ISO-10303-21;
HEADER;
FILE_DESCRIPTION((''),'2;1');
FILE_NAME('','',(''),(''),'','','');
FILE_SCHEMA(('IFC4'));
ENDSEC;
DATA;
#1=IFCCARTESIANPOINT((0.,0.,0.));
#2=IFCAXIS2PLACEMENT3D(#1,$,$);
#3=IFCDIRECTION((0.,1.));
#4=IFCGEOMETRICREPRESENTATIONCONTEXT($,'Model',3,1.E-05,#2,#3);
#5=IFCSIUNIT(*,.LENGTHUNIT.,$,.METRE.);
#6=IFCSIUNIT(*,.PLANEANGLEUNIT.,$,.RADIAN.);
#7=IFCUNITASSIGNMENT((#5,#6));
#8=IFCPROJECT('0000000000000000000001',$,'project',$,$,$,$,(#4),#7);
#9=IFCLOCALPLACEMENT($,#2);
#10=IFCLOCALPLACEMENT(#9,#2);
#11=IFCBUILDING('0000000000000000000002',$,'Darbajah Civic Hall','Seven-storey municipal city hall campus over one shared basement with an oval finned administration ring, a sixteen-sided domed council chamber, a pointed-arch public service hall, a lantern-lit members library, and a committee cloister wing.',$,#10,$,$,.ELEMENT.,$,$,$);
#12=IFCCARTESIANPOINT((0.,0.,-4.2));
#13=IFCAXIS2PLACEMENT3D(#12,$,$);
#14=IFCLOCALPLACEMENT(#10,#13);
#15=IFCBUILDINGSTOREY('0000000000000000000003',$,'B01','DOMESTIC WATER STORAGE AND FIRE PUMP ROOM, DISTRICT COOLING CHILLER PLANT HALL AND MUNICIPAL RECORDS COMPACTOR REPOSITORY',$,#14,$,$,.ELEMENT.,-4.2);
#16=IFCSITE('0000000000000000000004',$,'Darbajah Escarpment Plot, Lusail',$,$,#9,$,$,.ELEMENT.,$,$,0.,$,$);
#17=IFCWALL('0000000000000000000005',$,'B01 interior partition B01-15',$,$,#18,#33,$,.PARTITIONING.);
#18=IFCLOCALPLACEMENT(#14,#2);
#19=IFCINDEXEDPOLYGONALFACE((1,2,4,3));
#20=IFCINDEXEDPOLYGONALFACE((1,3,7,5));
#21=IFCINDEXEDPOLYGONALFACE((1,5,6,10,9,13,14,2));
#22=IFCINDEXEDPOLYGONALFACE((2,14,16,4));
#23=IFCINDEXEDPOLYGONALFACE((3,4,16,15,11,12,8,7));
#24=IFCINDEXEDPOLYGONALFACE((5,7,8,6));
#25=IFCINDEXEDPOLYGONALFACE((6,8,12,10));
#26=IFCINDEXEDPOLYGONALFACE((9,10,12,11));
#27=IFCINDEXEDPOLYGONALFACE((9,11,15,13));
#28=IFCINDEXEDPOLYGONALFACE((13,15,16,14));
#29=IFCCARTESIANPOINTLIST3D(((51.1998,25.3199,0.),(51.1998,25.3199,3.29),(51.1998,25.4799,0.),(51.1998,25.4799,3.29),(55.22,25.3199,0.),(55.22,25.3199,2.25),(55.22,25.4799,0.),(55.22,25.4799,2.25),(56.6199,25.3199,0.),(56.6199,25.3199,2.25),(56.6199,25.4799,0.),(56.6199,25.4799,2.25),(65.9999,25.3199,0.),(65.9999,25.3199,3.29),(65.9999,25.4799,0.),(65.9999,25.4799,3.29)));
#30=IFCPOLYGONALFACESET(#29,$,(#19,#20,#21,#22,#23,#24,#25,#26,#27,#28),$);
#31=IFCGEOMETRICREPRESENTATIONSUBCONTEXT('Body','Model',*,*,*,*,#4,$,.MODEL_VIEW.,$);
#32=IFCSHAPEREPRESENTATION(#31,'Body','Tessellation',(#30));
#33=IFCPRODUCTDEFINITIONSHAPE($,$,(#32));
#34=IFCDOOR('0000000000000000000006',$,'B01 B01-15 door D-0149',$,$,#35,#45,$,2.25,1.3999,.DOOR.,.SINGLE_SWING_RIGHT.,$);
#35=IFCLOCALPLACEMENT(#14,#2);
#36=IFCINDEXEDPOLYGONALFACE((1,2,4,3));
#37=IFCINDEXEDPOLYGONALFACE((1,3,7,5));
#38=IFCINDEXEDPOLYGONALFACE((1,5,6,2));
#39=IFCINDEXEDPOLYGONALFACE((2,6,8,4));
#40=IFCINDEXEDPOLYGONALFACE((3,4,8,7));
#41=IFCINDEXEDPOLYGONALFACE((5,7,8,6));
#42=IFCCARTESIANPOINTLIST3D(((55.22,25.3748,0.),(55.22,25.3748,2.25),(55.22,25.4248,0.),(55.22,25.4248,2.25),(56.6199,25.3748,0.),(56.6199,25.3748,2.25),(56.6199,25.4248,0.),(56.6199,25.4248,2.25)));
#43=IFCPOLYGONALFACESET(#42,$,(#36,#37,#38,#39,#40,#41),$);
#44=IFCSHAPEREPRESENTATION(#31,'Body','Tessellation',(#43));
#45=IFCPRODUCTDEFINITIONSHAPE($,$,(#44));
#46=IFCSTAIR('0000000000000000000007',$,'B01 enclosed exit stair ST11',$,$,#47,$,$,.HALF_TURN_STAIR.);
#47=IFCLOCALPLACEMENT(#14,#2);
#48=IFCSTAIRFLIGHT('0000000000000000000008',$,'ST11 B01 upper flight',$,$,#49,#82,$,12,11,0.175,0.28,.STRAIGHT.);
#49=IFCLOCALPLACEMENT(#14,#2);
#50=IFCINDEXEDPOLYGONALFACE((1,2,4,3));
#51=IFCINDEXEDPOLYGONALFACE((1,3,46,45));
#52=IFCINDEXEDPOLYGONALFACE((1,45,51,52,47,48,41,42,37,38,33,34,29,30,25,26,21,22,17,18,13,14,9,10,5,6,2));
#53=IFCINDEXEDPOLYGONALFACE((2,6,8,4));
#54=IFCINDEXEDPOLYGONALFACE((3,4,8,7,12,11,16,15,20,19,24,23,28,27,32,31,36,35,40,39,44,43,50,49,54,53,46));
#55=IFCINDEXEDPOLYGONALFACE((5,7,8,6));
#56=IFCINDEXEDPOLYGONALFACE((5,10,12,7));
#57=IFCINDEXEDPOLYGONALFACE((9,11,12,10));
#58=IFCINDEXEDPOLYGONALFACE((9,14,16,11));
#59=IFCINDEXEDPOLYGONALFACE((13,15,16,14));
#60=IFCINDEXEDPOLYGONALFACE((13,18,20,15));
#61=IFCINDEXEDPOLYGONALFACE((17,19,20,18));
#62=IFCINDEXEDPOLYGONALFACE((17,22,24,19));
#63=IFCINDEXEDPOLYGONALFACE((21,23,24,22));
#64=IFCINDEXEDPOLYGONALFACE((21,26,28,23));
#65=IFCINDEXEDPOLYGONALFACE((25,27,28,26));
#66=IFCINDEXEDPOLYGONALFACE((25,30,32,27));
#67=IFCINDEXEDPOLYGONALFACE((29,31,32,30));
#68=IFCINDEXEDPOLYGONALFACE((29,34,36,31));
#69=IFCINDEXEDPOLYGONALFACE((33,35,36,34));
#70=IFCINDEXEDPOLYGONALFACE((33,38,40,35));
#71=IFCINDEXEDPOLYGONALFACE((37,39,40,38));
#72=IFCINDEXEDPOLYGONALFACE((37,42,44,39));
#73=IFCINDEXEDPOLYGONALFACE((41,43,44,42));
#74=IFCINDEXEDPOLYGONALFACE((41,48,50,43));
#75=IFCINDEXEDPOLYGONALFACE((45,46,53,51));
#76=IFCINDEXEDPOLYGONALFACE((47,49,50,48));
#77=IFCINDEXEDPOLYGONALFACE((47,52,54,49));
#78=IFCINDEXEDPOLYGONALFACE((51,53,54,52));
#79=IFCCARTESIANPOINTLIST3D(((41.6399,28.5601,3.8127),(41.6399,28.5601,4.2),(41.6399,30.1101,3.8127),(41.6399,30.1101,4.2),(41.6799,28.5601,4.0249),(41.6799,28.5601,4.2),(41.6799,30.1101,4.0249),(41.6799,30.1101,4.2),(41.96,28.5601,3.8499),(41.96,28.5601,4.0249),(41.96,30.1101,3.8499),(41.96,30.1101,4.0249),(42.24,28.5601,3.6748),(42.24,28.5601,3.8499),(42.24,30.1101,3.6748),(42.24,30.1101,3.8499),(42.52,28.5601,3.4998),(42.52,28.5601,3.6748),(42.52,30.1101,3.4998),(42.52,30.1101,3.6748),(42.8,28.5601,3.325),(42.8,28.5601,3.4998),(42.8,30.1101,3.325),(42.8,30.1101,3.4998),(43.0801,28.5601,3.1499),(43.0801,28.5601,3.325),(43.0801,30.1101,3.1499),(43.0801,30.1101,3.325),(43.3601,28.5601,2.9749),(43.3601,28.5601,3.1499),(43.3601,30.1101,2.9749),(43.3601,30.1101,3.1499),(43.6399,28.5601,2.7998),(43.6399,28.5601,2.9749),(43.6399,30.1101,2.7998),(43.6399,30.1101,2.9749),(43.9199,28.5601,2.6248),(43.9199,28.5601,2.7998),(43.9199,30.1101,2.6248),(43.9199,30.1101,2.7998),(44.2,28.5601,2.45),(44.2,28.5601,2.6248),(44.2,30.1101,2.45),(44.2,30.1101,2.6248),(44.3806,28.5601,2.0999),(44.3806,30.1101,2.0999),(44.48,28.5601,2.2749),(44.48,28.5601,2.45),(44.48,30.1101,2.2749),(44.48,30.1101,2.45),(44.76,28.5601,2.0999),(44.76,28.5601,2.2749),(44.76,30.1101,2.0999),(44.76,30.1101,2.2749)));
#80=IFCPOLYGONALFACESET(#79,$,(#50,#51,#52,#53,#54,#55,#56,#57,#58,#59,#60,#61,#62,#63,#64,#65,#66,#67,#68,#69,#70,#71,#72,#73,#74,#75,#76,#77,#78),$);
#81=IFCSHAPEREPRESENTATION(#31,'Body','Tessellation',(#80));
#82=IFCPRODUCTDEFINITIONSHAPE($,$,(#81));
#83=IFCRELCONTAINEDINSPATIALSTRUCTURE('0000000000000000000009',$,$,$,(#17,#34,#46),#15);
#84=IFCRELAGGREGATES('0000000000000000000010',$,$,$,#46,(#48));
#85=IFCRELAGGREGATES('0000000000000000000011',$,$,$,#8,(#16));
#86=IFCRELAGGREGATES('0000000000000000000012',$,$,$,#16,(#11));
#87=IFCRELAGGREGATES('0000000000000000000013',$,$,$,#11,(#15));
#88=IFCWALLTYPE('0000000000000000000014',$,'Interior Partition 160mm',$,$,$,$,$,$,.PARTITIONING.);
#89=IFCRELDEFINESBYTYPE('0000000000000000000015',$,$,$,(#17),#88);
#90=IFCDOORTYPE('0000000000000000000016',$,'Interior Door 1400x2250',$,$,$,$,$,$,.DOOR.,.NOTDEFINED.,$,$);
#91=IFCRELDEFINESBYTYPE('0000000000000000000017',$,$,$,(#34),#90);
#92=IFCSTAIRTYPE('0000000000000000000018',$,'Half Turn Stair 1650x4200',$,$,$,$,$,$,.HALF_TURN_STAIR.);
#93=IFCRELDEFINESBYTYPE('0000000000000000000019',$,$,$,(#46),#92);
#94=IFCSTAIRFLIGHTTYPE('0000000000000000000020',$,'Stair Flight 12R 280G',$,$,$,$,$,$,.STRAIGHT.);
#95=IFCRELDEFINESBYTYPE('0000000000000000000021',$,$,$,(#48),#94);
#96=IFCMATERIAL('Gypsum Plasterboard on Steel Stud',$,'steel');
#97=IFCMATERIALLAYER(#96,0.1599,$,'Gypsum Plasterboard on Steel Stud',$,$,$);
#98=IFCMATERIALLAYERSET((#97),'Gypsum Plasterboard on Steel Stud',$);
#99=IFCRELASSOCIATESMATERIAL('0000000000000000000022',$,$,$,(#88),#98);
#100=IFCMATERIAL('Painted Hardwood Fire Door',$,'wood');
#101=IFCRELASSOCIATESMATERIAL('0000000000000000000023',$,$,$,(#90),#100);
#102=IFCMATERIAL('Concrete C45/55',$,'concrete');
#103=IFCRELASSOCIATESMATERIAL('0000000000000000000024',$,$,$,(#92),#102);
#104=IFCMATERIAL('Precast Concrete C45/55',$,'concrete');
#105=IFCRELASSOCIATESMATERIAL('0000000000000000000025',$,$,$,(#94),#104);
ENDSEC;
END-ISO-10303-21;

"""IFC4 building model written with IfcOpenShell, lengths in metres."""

from ifc_helpers import new_model, si_unit, direction, frame, frame_2d, origin, place, context, subcontext, project, spatial, polyline, rectangle, outline, extrude, material, layer, layer_set, type_object, element, fill, aggregate, save


model = new_model("IFC4")

# Units and contexts
model_context = context("Model", 3, precision=1e-05, world=origin(), true_north=direction((0.0, 1.0)))
body_context = subcontext(model_context, "Body", "Model", "MODEL_VIEW")
ifc_project = project(units=[si_unit("LENGTHUNIT", "METRE"), si_unit("PLANEANGLEUNIT", "RADIAN")], contexts=[model_context])

# Site, building, storey
site_placement = place(None, origin())
site = spatial("IfcSite", under=ifc_project, at=site_placement, Name="Darbajah Escarpment Plot, Lusail", CompositionType="ELEMENT", RefElevation=0.0)
building_placement = place(site_placement, origin())
building = spatial("IfcBuilding", under=site, at=building_placement, Name="Darbajah Civic Hall", Description="Seven-storey municipal city hall campus over one shared basement with an oval finned administration ring, a sixteen-sided domed council chamber, a pointed-arch public service hall, a lantern-lit members library, and a committee cloister wing.", CompositionType="ELEMENT")
storey_placement = place(building_placement, frame((0.0, 0.0, -4.2)))
storey = spatial("IfcBuildingStorey", under=building, at=storey_placement, Name="B01", Description="DOMESTIC WATER STORAGE AND FIRE PUMP ROOM, DISTRICT COOLING CHILLER PLANT HALL AND MUNICIPAL RECORDS COMPACTOR REPOSITORY", CompositionType="ELEMENT", Elevation=-4.2)

# Shared definitions
ifc_material_1 = material(Name="Concrete C45/55", Category="concrete")

# Wall, opening, door
ifc_material_2 = material(Name="Gypsum Plasterboard on Steel Stud", Category="steel")
ifc_layer_1 = layer(ifc_material_2, 0.1599, Name="Gypsum Plasterboard on Steel Stud")
ifc_layer_set_1 = layer_set([ifc_layer_1], Name="Gypsum Plasterboard on Steel Stud")
wall_type_1 = type_object("IfcWallType", Name="Interior Partition 160mm", PredefinedType="PARTITIONING", material=ifc_layer_set_1)
wall_1_placement = place(storey_placement, frame((51.2, 25.3999, 0.0), z_axis=(0.0, 0.0, 1.0), x_axis=(1.0, 0.0, 0.0)))
wall_1 = element("IfcWall", 1, at=wall_1_placement, inside=storey, type_object=wall_type_1, Name="B01 interior partition B01-15", PredefinedType="PARTITIONING", context=body_context, shape_type="SweptSolid", body=[
    extrude(rectangle(XDim=14.8, YDim=0.1599, at=frame_2d((7.3999, 0.0))), origin(), (0.0, 0.0, 1.0), 3.29),
])
opening_1_placement = place(wall_1_placement, frame((4.02, 0.0, 0.0)))
opening_1 = element("IfcOpeningElement", 2, at=opening_1_placement, cuts=wall_1, PredefinedType="OPENING", context=body_context, shape_type="SweptSolid", body=[
    extrude(rectangle(XDim=1.3999, YDim=2.25, at=frame_2d((0.7, 1.125))), frame((0.0, 0.0898, 0.0), z_axis=(0.0, -1.0, 0.0), x_axis=(1.0, 0.0, 0.0)), (0.0, 0.0, 1.0), 0.1799),
])
ifc_material_3 = material(Name="Painted Hardwood Fire Door", Category="wood")
door_type_1 = type_object("IfcDoorType", Name="Interior Door 1400x2250", OperationType="NOTDEFINED", PredefinedType="DOOR", material=ifc_material_3)
door_1_placement = place(opening_1_placement, origin())
door_1 = element("IfcDoor", 3, at=door_1_placement, inside=storey, type_object=door_type_1, Name="B01 B01-15 door D-0149", OperationType="SINGLE_SWING_RIGHT", OverallHeight=2.25, OverallWidth=1.3999, PredefinedType="DOOR", context=body_context, shape_type="SweptSolid", body=[
    extrude(rectangle(XDim=1.3999, YDim=2.25, at=frame_2d((0.7, 1.125))), frame((0.0, 0.0249, 0.0), z_axis=(0.0, -1.0, 0.0), x_axis=(1.0, 0.0, 0.0)), (0.0, 0.0, 1.0), 0.05),
])
fill(opening_1, door_1)

# Stair, stair flight
stair_type = type_object("IfcStairType", Name="Half Turn Stair 1650x4200", PredefinedType="HALF_TURN_STAIR", material=ifc_material_1)
stair_placement = place(storey_placement, origin())
stair = element("IfcStair", 4, at=stair_placement, inside=storey, type_object=stair_type, Name="B01 enclosed exit stair ST11", PredefinedType="HALF_TURN_STAIR")
ifc_material_4 = material(Name="Precast Concrete C45/55", Category="concrete")
stair_flight_type = type_object("IfcStairFlightType", Name="Stair Flight 12R 280G", PredefinedType="STRAIGHT", material=ifc_material_4)
stair_flight_placement = place(storey_placement, frame((44.76, 29.335, 2.0999), z_axis=(0.0, 0.0, 1.0), x_axis=(-1.0, 0.0, 0.0)))
stair_flight = element("IfcStairFlight", 5, at=stair_flight_placement, type_object=stair_flight_type, Name="ST11 B01 upper flight", NumberOfRisers=12, NumberOfTreads=11, PredefinedType="STRAIGHT", RiserHeight=0.175, TreadLength=0.28, context=body_context, shape_type="SweptSolid", body=[
    extrude(outline(polyline([(0.0, 0.0), (0.0, 0.175), (0.28, 0.175), (0.28, 0.3501), (0.5601, 0.3501), (0.5601, 0.5249), (0.8401, 0.5249), (0.8401, 0.7), (1.1201, 0.7), (1.1201, 0.875), (1.3999, 0.875), (1.3999, 1.05), (1.6799, 1.05), (1.6799, 1.2251), (1.96, 1.2251), (1.96, 1.3999), (2.24, 1.3999), (2.24, 1.575), (2.52, 1.575), (2.52, 1.75), (2.8, 1.75), (2.8, 1.925), (3.0801, 1.925), (3.0801, 2.1001), (3.1201, 2.1001), (3.1201, 1.7129), (0.3794, 0.0), (0.0, 0.0)])), frame((0.0, 0.7749, 0.0), z_axis=(0.0, -1.0, 0.0), x_axis=(1.0, 0.0, 0.0)), (0.0, 0.0, 1.0), 1.55),
])
aggregate(stair, [stair_flight])

save(model, "model.ifc")
